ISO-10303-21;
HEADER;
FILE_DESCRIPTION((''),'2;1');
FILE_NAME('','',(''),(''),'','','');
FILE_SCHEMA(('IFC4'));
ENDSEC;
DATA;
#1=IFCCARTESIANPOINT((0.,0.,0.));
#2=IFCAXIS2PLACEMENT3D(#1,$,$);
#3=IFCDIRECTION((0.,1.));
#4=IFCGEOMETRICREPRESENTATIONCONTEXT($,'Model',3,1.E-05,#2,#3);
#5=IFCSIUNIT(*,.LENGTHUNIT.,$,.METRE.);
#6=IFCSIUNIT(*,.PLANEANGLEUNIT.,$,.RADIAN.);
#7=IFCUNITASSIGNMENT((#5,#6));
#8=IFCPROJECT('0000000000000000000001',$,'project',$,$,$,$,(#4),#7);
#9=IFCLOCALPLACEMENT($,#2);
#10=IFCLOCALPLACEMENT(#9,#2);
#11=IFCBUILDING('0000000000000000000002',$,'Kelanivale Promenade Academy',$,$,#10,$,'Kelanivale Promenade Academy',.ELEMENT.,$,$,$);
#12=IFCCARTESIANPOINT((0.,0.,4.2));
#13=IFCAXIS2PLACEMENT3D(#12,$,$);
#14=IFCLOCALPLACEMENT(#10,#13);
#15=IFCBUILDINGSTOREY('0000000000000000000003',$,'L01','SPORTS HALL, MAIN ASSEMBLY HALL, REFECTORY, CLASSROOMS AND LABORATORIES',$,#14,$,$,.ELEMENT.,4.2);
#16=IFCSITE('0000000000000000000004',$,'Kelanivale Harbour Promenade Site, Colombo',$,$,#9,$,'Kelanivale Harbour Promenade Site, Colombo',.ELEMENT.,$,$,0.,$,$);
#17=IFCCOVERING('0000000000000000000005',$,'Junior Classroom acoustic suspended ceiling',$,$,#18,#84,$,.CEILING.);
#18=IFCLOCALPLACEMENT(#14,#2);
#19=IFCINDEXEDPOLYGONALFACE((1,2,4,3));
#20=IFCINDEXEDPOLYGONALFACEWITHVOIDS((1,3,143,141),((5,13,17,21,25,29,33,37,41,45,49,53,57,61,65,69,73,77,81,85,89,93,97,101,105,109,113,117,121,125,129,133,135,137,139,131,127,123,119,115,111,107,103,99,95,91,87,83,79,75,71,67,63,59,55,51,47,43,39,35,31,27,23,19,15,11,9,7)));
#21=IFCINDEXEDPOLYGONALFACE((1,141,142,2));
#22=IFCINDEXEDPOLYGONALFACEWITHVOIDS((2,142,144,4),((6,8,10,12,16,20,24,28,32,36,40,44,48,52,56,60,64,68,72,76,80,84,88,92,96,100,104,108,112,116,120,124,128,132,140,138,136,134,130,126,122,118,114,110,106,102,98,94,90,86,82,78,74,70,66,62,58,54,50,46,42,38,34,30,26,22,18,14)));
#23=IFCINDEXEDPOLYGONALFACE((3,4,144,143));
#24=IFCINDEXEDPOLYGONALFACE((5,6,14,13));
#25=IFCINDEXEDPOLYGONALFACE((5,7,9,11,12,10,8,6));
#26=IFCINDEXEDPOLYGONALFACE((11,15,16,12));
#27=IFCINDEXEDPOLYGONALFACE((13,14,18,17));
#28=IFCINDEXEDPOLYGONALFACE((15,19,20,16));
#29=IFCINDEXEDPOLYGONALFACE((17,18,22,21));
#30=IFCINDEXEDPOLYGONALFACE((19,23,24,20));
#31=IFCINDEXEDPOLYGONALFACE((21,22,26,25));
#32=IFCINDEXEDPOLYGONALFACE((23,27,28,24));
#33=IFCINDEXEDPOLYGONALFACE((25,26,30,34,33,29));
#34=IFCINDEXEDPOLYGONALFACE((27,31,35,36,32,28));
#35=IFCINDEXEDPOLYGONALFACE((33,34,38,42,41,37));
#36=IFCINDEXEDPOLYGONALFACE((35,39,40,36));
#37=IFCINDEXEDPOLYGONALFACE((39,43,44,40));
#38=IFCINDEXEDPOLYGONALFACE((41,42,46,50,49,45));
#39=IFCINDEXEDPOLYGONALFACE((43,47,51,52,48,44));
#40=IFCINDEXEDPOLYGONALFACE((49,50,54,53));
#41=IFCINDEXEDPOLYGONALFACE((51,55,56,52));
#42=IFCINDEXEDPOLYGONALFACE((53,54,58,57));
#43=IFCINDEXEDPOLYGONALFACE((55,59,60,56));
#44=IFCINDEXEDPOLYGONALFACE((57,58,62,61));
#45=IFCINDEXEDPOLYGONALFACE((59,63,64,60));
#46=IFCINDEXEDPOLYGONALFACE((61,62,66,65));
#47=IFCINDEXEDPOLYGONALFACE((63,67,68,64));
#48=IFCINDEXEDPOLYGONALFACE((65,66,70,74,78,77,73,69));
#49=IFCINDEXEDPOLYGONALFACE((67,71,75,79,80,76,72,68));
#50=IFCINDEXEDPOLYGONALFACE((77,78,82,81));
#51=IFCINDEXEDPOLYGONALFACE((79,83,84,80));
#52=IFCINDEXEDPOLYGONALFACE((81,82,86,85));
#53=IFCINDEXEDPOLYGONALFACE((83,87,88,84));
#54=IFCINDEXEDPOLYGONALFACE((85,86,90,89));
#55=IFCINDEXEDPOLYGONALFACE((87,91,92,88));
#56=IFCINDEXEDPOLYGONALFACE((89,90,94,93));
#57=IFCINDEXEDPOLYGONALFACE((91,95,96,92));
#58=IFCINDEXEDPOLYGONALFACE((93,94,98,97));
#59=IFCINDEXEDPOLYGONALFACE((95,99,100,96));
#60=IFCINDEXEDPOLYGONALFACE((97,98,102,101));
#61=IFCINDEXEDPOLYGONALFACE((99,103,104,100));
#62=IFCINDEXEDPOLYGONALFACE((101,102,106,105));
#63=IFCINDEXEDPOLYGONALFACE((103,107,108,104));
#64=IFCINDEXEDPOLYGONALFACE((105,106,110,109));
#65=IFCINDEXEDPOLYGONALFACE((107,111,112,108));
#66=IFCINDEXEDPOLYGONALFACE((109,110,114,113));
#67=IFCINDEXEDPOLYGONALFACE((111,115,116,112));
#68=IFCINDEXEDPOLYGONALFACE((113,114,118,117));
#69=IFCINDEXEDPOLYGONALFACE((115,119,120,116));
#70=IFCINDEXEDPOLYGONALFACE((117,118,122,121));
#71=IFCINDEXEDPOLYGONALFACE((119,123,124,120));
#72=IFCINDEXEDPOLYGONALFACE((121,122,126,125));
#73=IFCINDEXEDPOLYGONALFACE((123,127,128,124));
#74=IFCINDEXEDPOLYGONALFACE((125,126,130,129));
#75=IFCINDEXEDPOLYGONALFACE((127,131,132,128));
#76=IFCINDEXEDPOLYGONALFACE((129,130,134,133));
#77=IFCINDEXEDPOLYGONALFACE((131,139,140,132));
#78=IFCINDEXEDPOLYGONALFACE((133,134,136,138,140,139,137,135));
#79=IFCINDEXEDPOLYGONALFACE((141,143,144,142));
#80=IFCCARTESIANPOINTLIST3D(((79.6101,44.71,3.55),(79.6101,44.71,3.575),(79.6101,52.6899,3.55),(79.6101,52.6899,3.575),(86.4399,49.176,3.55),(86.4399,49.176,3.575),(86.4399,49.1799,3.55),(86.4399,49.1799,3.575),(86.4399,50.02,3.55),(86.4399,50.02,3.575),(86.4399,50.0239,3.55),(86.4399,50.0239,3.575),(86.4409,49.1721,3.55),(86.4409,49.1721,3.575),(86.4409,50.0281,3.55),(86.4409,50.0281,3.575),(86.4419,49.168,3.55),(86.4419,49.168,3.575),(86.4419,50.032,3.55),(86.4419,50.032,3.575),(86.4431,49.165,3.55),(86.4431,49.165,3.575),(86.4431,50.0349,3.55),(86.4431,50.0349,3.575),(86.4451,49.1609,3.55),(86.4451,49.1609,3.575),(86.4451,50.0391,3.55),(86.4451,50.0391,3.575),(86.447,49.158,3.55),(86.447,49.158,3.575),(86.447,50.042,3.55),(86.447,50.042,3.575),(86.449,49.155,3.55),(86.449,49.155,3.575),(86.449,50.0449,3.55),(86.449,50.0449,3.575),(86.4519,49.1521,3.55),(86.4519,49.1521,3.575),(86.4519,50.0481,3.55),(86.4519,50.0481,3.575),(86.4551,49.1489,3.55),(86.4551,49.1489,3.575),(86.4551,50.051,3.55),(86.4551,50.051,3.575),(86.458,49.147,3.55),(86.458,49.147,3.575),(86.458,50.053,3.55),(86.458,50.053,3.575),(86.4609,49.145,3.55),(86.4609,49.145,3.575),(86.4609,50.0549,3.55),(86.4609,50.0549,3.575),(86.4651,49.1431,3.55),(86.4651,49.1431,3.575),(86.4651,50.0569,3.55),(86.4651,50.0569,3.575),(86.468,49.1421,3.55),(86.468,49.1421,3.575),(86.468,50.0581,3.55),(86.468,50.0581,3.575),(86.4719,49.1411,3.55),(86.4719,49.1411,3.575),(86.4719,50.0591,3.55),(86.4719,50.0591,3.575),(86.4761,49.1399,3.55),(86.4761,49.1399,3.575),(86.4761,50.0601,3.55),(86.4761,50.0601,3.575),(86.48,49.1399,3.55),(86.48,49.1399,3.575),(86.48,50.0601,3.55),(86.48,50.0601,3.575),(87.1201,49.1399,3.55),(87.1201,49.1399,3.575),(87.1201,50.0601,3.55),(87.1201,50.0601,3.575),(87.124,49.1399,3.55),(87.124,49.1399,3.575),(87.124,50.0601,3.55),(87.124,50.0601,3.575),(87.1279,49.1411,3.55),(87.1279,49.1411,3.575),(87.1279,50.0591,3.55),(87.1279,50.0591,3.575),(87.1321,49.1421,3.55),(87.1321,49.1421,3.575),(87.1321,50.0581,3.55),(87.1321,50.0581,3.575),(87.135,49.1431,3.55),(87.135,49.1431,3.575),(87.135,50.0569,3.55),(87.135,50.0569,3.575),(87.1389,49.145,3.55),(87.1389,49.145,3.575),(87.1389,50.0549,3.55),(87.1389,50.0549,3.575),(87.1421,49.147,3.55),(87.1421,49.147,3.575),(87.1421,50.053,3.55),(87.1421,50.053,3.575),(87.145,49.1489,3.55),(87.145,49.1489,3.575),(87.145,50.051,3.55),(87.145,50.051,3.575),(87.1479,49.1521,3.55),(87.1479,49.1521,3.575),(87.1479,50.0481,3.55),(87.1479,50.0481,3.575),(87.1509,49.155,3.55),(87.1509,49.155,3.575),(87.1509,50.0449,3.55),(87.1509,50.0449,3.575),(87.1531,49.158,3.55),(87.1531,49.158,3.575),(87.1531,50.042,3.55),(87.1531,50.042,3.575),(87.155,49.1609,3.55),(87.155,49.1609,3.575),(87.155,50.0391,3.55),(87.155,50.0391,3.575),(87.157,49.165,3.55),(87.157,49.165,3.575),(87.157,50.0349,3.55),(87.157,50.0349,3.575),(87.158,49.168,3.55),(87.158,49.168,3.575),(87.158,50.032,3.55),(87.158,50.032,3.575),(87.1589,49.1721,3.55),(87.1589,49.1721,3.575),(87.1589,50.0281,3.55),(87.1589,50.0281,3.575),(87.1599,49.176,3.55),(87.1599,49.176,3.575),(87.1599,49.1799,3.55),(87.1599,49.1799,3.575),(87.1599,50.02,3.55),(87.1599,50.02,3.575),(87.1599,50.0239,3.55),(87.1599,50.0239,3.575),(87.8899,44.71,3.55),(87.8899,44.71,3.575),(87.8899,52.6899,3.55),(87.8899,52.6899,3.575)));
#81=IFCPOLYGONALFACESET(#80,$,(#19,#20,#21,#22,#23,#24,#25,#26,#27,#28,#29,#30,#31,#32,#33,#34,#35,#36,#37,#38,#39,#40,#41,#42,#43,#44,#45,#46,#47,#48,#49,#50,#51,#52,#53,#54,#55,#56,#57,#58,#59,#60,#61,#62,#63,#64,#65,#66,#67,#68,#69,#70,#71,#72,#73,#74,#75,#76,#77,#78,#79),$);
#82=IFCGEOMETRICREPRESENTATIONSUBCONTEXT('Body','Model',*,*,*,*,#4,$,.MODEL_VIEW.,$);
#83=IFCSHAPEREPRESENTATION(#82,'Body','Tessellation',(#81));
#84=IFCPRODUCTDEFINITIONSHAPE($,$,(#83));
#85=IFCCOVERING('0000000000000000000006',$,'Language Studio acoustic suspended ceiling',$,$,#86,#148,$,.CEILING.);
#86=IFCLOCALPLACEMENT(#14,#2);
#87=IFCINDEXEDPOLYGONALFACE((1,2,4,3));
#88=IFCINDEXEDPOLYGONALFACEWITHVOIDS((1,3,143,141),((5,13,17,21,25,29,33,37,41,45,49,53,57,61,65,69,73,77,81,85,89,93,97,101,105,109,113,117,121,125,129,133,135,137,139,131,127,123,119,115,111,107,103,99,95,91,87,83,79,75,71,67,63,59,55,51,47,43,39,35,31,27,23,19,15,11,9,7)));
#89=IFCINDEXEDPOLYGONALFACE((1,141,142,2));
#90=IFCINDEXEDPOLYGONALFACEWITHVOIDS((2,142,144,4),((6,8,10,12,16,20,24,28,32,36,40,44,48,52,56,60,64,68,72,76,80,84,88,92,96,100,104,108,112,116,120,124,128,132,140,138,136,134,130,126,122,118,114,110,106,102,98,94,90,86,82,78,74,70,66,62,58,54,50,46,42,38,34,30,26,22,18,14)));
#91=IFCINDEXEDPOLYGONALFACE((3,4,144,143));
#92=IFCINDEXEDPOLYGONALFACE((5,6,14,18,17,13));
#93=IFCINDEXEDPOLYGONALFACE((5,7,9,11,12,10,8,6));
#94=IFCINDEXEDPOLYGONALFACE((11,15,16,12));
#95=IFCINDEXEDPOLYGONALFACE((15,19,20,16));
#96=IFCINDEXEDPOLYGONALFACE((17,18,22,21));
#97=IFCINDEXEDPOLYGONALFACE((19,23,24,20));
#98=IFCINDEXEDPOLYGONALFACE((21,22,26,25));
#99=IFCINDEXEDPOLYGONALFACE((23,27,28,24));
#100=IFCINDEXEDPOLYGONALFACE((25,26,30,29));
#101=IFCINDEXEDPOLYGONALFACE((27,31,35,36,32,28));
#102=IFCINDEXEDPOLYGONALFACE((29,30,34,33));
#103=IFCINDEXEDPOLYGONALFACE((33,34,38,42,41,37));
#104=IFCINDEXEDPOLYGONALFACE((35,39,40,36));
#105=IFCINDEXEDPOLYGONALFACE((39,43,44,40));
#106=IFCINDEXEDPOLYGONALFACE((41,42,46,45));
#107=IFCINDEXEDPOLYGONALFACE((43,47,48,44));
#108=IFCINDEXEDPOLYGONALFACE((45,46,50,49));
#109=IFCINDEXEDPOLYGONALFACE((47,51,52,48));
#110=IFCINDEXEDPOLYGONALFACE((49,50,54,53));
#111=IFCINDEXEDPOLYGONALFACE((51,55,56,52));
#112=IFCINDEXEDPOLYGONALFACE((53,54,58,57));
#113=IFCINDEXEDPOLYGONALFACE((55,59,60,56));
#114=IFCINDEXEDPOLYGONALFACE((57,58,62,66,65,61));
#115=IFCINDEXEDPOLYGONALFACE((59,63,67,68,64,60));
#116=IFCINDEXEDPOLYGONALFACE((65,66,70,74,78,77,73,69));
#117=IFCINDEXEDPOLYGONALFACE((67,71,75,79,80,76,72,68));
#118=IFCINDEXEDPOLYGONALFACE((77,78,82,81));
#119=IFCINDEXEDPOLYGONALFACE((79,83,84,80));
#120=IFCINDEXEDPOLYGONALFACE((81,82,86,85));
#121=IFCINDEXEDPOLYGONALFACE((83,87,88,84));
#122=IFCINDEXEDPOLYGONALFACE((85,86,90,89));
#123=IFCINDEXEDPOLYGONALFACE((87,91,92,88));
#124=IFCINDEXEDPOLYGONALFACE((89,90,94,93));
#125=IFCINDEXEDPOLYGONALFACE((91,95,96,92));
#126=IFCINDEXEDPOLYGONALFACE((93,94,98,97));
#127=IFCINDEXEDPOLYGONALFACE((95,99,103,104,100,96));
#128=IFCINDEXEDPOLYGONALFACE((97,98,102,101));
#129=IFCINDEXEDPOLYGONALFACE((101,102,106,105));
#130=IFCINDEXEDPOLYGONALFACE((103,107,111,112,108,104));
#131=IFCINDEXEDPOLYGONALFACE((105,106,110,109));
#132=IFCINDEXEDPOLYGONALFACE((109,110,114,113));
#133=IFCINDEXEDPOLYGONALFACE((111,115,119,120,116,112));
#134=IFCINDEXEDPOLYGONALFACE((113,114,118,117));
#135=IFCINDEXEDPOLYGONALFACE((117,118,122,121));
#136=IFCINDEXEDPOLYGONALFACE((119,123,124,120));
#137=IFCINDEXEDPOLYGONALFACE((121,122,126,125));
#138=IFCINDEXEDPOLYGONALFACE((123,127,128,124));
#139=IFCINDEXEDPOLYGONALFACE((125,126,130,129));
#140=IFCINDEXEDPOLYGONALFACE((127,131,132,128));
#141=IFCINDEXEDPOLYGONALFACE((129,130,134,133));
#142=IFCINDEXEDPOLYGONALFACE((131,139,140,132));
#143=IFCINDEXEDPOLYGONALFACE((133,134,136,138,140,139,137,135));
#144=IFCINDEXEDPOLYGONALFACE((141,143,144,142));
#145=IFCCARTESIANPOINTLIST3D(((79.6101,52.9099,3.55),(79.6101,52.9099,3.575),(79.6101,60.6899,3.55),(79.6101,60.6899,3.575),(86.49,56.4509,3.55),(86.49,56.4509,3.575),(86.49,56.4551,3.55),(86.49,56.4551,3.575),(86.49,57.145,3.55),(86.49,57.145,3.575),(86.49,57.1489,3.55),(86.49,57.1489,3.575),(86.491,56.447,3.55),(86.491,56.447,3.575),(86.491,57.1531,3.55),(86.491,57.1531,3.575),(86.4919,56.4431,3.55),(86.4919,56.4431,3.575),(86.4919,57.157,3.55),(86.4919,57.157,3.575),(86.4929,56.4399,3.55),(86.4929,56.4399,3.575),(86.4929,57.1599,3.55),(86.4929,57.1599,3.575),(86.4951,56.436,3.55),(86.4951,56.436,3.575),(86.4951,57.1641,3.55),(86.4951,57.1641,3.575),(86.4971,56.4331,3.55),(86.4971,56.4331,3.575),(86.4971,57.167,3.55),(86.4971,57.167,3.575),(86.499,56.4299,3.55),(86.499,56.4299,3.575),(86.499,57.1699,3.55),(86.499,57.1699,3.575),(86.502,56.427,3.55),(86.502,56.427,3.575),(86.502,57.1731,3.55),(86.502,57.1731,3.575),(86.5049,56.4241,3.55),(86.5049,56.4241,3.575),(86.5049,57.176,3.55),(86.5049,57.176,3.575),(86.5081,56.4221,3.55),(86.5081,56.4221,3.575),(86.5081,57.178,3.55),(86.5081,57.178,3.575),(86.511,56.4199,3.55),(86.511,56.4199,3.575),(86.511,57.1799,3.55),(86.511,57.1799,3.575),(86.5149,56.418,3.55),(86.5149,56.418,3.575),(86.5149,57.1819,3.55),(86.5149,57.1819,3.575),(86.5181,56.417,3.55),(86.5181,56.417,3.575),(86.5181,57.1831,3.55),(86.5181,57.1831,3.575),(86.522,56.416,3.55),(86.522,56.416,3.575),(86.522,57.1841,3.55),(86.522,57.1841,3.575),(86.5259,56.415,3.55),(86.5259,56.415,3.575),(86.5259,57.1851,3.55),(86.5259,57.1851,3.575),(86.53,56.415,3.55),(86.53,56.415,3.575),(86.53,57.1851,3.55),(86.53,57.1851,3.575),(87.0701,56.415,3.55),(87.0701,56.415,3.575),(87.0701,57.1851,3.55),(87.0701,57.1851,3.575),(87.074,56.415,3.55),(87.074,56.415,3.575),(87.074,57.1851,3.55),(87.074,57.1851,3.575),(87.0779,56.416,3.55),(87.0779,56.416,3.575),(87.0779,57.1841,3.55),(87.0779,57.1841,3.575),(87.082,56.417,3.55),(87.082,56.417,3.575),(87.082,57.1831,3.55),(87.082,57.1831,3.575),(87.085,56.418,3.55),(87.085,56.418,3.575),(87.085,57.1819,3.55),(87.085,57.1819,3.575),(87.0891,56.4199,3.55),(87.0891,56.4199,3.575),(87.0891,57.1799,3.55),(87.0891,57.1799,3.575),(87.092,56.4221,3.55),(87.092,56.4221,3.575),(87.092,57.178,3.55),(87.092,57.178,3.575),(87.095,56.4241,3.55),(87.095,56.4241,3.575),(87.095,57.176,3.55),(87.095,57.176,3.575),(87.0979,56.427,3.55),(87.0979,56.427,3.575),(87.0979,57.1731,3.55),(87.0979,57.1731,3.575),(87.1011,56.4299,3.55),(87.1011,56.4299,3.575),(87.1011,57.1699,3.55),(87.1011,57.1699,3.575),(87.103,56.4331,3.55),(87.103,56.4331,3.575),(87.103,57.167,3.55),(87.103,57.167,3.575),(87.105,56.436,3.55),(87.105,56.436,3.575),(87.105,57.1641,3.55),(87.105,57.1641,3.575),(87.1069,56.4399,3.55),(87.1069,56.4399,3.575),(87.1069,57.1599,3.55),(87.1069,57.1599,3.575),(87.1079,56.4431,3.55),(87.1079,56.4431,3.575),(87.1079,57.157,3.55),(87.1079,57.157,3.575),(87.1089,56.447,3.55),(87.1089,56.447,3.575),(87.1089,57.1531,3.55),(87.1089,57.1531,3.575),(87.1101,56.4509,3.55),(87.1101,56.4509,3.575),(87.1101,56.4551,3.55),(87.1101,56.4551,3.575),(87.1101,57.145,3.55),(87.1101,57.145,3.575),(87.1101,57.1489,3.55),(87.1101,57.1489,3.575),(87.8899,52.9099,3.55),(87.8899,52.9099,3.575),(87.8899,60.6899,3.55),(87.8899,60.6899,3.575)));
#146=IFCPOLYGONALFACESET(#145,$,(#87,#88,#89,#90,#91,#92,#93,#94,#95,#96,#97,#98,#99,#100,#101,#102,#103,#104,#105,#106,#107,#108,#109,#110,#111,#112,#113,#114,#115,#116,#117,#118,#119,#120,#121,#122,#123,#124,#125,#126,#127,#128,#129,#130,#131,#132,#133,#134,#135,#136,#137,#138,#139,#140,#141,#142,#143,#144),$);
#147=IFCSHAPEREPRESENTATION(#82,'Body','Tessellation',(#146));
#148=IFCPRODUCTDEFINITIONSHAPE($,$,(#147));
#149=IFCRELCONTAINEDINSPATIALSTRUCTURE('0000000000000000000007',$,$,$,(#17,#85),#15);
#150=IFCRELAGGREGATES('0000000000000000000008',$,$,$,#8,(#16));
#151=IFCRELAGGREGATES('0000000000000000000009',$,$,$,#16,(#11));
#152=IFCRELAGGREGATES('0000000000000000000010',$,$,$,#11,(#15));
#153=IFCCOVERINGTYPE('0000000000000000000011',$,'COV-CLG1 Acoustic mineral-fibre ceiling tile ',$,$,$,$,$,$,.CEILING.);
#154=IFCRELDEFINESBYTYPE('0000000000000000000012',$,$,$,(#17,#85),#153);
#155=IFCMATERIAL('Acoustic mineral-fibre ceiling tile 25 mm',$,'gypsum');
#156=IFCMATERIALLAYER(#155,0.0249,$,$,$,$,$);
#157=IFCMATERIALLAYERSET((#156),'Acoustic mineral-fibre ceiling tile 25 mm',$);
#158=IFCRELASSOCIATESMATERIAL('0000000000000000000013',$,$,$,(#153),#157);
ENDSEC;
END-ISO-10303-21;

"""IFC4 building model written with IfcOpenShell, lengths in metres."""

from ifc_helpers import new_model, si_unit, direction, frame, origin, place, context, subcontext, project, spatial, polyline, outline, extrude, material, layer, layer_set, type_object, element, save


model = new_model("IFC4")

# Units and contexts
model_context = context("Model", 3, precision=1e-05, world=origin(), true_north=direction((0.0, 1.0)))
body_context = subcontext(model_context, "Body", "Model", "MODEL_VIEW")
ifc_project = project(units=[si_unit("LENGTHUNIT", "METRE"), si_unit("PLANEANGLEUNIT", "RADIAN")], contexts=[model_context])

# Site, building, storey
site_placement = place(None, origin())
site = spatial("IfcSite", under=ifc_project, at=site_placement, Name="Kelanivale Harbour Promenade Site, Colombo", LongName="Kelanivale Harbour Promenade Site, Colombo", CompositionType="ELEMENT", RefElevation=0.0)
building_placement = place(site_placement, origin())
building = spatial("IfcBuilding", under=site, at=building_placement, Name="Kelanivale Promenade Academy", LongName="Kelanivale Promenade Academy", CompositionType="ELEMENT")
storey_placement = place(building_placement, frame((0.0, 0.0, 4.2)))
storey = spatial("IfcBuildingStorey", under=building, at=storey_placement, Name="L01", Description="SPORTS HALL, MAIN ASSEMBLY HALL, REFECTORY, CLASSROOMS AND LABORATORIES", CompositionType="ELEMENT", Elevation=4.2)

# Coverings
ifc_material_1 = material(Name="Acoustic mineral-fibre ceiling tile 25 mm", Category="gypsum")
ifc_layer_1 = layer(ifc_material_1, 0.0249)
ifc_layer_set_1 = layer_set([ifc_layer_1], Name="Acoustic mineral-fibre ceiling tile 25 mm")
covering_type = type_object("IfcCoveringType", Name="COV-CLG1 Acoustic mineral-fibre ceiling tile ", PredefinedType="CEILING", material=ifc_layer_set_1)
covering_1_placement = place(storey_placement, frame((0.0, 0.0, 3.55)))
element("IfcCovering", 1, at=covering_1_placement, inside=storey, type_object=covering_type, Name="Junior Classroom acoustic suspended ceiling", PredefinedType="CEILING", context=body_context, shape_type="SweptSolid", body=[
    extrude(outline(polyline([(87.8899, 44.71), (87.8899, 52.6899), (79.6101, 52.6899), (79.6101, 44.71), (87.8899, 44.71)]), holes=[polyline([(87.1599, 49.1799), (87.1599, 49.176), (87.1589, 49.1721), (87.158, 49.168), (87.157, 49.165), (87.155, 49.1609), (87.1531, 49.158), (87.1509, 49.155), (87.1479, 49.1521), (87.145, 49.1489), (87.1421, 49.147), (87.1389, 49.145), (87.135, 49.1431), (87.1321, 49.1421), (87.1279, 49.1411), (87.124, 49.1399), (87.1201, 49.1399), (86.48, 49.1399), (86.4761, 49.1399), (86.4719, 49.1411), (86.468, 49.1421), (86.4651, 49.1431), (86.4609, 49.145), (86.458, 49.147), (86.4551, 49.1489), (86.4519, 49.1521), (86.449, 49.155), (86.447, 49.158), (86.4451, 49.1609), (86.4431, 49.165), (86.4419, 49.168), (86.4409, 49.1721), (86.4399, 49.176), (86.4399, 49.1799), (86.4399, 50.02), (86.4399, 50.0239), (86.4409, 50.0281), (86.4419, 50.032), (86.4431, 50.0349), (86.4451, 50.0391), (86.447, 50.042), (86.449, 50.0449), (86.4519, 50.0481), (86.4551, 50.051), (86.458, 50.053), (86.4609, 50.0549), (86.4651, 50.0569), (86.468, 50.0581), (86.4719, 50.0591), (86.4761, 50.0601), (86.48, 50.0601), (87.1201, 50.0601), (87.124, 50.0601), (87.1279, 50.0591), (87.1321, 50.0581), (87.135, 50.0569), (87.1389, 50.0549), (87.1421, 50.053), (87.145, 50.051), (87.1479, 50.0481), (87.1509, 50.0449), (87.1531, 50.042), (87.155, 50.0391), (87.157, 50.0349), (87.158, 50.032), (87.1589, 50.0281), (87.1599, 50.0239), (87.1599, 50.02), (87.1599, 49.1799)])]), origin(), (0.0, 0.0, 1.0), 0.0249),
])
covering_2_placement = place(storey_placement, frame((0.0, 0.0, 3.55)))
element("IfcCovering", 2, at=covering_2_placement, inside=storey, type_object=covering_type, Name="Language Studio acoustic suspended ceiling", PredefinedType="CEILING", context=body_context, shape_type="SweptSolid", body=[
    extrude(outline(polyline([(79.6101, 52.9099), (87.8899, 52.9099), (87.8899, 60.6899), (79.6101, 60.6899), (79.6101, 52.9099)]), holes=[polyline([(87.1101, 56.4551), (87.1101, 56.4509), (87.1089, 56.447), (87.1079, 56.4431), (87.1069, 56.4399), (87.105, 56.436), (87.103, 56.4331), (87.1011, 56.4299), (87.0979, 56.427), (87.095, 56.4241), (87.092, 56.4221), (87.0891, 56.4199), (87.085, 56.418), (87.082, 56.417), (87.0779, 56.416), (87.074, 56.415), (87.0701, 56.415), (86.53, 56.415), (86.5259, 56.415), (86.522, 56.416), (86.5181, 56.417), (86.5149, 56.418), (86.511, 56.4199), (86.5081, 56.4221), (86.5049, 56.4241), (86.502, 56.427), (86.499, 56.4299), (86.4971, 56.4331), (86.4951, 56.436), (86.4929, 56.4399), (86.4919, 56.4431), (86.491, 56.447), (86.49, 56.4509), (86.49, 56.4551), (86.49, 57.145), (86.49, 57.1489), (86.491, 57.1531), (86.4919, 57.157), (86.4929, 57.1599), (86.4951, 57.1641), (86.4971, 57.167), (86.499, 57.1699), (86.502, 57.1731), (86.5049, 57.176), (86.5081, 57.178), (86.511, 57.1799), (86.5149, 57.1819), (86.5181, 57.1831), (86.522, 57.1841), (86.5259, 57.1851), (86.53, 57.1851), (87.0701, 57.1851), (87.074, 57.1851), (87.0779, 57.1841), (87.082, 57.1831), (87.085, 57.1819), (87.0891, 57.1799), (87.092, 57.178), (87.095, 57.176), (87.0979, 57.1731), (87.1011, 57.1699), (87.103, 57.167), (87.105, 57.1641), (87.1069, 57.1599), (87.1079, 57.157), (87.1089, 57.1531), (87.1101, 57.1489), (87.1101, 57.145), (87.1101, 56.4551)])]), origin(), (0.0, 0.0, 1.0), 0.0249),
])

save(model, "model.ifc")
